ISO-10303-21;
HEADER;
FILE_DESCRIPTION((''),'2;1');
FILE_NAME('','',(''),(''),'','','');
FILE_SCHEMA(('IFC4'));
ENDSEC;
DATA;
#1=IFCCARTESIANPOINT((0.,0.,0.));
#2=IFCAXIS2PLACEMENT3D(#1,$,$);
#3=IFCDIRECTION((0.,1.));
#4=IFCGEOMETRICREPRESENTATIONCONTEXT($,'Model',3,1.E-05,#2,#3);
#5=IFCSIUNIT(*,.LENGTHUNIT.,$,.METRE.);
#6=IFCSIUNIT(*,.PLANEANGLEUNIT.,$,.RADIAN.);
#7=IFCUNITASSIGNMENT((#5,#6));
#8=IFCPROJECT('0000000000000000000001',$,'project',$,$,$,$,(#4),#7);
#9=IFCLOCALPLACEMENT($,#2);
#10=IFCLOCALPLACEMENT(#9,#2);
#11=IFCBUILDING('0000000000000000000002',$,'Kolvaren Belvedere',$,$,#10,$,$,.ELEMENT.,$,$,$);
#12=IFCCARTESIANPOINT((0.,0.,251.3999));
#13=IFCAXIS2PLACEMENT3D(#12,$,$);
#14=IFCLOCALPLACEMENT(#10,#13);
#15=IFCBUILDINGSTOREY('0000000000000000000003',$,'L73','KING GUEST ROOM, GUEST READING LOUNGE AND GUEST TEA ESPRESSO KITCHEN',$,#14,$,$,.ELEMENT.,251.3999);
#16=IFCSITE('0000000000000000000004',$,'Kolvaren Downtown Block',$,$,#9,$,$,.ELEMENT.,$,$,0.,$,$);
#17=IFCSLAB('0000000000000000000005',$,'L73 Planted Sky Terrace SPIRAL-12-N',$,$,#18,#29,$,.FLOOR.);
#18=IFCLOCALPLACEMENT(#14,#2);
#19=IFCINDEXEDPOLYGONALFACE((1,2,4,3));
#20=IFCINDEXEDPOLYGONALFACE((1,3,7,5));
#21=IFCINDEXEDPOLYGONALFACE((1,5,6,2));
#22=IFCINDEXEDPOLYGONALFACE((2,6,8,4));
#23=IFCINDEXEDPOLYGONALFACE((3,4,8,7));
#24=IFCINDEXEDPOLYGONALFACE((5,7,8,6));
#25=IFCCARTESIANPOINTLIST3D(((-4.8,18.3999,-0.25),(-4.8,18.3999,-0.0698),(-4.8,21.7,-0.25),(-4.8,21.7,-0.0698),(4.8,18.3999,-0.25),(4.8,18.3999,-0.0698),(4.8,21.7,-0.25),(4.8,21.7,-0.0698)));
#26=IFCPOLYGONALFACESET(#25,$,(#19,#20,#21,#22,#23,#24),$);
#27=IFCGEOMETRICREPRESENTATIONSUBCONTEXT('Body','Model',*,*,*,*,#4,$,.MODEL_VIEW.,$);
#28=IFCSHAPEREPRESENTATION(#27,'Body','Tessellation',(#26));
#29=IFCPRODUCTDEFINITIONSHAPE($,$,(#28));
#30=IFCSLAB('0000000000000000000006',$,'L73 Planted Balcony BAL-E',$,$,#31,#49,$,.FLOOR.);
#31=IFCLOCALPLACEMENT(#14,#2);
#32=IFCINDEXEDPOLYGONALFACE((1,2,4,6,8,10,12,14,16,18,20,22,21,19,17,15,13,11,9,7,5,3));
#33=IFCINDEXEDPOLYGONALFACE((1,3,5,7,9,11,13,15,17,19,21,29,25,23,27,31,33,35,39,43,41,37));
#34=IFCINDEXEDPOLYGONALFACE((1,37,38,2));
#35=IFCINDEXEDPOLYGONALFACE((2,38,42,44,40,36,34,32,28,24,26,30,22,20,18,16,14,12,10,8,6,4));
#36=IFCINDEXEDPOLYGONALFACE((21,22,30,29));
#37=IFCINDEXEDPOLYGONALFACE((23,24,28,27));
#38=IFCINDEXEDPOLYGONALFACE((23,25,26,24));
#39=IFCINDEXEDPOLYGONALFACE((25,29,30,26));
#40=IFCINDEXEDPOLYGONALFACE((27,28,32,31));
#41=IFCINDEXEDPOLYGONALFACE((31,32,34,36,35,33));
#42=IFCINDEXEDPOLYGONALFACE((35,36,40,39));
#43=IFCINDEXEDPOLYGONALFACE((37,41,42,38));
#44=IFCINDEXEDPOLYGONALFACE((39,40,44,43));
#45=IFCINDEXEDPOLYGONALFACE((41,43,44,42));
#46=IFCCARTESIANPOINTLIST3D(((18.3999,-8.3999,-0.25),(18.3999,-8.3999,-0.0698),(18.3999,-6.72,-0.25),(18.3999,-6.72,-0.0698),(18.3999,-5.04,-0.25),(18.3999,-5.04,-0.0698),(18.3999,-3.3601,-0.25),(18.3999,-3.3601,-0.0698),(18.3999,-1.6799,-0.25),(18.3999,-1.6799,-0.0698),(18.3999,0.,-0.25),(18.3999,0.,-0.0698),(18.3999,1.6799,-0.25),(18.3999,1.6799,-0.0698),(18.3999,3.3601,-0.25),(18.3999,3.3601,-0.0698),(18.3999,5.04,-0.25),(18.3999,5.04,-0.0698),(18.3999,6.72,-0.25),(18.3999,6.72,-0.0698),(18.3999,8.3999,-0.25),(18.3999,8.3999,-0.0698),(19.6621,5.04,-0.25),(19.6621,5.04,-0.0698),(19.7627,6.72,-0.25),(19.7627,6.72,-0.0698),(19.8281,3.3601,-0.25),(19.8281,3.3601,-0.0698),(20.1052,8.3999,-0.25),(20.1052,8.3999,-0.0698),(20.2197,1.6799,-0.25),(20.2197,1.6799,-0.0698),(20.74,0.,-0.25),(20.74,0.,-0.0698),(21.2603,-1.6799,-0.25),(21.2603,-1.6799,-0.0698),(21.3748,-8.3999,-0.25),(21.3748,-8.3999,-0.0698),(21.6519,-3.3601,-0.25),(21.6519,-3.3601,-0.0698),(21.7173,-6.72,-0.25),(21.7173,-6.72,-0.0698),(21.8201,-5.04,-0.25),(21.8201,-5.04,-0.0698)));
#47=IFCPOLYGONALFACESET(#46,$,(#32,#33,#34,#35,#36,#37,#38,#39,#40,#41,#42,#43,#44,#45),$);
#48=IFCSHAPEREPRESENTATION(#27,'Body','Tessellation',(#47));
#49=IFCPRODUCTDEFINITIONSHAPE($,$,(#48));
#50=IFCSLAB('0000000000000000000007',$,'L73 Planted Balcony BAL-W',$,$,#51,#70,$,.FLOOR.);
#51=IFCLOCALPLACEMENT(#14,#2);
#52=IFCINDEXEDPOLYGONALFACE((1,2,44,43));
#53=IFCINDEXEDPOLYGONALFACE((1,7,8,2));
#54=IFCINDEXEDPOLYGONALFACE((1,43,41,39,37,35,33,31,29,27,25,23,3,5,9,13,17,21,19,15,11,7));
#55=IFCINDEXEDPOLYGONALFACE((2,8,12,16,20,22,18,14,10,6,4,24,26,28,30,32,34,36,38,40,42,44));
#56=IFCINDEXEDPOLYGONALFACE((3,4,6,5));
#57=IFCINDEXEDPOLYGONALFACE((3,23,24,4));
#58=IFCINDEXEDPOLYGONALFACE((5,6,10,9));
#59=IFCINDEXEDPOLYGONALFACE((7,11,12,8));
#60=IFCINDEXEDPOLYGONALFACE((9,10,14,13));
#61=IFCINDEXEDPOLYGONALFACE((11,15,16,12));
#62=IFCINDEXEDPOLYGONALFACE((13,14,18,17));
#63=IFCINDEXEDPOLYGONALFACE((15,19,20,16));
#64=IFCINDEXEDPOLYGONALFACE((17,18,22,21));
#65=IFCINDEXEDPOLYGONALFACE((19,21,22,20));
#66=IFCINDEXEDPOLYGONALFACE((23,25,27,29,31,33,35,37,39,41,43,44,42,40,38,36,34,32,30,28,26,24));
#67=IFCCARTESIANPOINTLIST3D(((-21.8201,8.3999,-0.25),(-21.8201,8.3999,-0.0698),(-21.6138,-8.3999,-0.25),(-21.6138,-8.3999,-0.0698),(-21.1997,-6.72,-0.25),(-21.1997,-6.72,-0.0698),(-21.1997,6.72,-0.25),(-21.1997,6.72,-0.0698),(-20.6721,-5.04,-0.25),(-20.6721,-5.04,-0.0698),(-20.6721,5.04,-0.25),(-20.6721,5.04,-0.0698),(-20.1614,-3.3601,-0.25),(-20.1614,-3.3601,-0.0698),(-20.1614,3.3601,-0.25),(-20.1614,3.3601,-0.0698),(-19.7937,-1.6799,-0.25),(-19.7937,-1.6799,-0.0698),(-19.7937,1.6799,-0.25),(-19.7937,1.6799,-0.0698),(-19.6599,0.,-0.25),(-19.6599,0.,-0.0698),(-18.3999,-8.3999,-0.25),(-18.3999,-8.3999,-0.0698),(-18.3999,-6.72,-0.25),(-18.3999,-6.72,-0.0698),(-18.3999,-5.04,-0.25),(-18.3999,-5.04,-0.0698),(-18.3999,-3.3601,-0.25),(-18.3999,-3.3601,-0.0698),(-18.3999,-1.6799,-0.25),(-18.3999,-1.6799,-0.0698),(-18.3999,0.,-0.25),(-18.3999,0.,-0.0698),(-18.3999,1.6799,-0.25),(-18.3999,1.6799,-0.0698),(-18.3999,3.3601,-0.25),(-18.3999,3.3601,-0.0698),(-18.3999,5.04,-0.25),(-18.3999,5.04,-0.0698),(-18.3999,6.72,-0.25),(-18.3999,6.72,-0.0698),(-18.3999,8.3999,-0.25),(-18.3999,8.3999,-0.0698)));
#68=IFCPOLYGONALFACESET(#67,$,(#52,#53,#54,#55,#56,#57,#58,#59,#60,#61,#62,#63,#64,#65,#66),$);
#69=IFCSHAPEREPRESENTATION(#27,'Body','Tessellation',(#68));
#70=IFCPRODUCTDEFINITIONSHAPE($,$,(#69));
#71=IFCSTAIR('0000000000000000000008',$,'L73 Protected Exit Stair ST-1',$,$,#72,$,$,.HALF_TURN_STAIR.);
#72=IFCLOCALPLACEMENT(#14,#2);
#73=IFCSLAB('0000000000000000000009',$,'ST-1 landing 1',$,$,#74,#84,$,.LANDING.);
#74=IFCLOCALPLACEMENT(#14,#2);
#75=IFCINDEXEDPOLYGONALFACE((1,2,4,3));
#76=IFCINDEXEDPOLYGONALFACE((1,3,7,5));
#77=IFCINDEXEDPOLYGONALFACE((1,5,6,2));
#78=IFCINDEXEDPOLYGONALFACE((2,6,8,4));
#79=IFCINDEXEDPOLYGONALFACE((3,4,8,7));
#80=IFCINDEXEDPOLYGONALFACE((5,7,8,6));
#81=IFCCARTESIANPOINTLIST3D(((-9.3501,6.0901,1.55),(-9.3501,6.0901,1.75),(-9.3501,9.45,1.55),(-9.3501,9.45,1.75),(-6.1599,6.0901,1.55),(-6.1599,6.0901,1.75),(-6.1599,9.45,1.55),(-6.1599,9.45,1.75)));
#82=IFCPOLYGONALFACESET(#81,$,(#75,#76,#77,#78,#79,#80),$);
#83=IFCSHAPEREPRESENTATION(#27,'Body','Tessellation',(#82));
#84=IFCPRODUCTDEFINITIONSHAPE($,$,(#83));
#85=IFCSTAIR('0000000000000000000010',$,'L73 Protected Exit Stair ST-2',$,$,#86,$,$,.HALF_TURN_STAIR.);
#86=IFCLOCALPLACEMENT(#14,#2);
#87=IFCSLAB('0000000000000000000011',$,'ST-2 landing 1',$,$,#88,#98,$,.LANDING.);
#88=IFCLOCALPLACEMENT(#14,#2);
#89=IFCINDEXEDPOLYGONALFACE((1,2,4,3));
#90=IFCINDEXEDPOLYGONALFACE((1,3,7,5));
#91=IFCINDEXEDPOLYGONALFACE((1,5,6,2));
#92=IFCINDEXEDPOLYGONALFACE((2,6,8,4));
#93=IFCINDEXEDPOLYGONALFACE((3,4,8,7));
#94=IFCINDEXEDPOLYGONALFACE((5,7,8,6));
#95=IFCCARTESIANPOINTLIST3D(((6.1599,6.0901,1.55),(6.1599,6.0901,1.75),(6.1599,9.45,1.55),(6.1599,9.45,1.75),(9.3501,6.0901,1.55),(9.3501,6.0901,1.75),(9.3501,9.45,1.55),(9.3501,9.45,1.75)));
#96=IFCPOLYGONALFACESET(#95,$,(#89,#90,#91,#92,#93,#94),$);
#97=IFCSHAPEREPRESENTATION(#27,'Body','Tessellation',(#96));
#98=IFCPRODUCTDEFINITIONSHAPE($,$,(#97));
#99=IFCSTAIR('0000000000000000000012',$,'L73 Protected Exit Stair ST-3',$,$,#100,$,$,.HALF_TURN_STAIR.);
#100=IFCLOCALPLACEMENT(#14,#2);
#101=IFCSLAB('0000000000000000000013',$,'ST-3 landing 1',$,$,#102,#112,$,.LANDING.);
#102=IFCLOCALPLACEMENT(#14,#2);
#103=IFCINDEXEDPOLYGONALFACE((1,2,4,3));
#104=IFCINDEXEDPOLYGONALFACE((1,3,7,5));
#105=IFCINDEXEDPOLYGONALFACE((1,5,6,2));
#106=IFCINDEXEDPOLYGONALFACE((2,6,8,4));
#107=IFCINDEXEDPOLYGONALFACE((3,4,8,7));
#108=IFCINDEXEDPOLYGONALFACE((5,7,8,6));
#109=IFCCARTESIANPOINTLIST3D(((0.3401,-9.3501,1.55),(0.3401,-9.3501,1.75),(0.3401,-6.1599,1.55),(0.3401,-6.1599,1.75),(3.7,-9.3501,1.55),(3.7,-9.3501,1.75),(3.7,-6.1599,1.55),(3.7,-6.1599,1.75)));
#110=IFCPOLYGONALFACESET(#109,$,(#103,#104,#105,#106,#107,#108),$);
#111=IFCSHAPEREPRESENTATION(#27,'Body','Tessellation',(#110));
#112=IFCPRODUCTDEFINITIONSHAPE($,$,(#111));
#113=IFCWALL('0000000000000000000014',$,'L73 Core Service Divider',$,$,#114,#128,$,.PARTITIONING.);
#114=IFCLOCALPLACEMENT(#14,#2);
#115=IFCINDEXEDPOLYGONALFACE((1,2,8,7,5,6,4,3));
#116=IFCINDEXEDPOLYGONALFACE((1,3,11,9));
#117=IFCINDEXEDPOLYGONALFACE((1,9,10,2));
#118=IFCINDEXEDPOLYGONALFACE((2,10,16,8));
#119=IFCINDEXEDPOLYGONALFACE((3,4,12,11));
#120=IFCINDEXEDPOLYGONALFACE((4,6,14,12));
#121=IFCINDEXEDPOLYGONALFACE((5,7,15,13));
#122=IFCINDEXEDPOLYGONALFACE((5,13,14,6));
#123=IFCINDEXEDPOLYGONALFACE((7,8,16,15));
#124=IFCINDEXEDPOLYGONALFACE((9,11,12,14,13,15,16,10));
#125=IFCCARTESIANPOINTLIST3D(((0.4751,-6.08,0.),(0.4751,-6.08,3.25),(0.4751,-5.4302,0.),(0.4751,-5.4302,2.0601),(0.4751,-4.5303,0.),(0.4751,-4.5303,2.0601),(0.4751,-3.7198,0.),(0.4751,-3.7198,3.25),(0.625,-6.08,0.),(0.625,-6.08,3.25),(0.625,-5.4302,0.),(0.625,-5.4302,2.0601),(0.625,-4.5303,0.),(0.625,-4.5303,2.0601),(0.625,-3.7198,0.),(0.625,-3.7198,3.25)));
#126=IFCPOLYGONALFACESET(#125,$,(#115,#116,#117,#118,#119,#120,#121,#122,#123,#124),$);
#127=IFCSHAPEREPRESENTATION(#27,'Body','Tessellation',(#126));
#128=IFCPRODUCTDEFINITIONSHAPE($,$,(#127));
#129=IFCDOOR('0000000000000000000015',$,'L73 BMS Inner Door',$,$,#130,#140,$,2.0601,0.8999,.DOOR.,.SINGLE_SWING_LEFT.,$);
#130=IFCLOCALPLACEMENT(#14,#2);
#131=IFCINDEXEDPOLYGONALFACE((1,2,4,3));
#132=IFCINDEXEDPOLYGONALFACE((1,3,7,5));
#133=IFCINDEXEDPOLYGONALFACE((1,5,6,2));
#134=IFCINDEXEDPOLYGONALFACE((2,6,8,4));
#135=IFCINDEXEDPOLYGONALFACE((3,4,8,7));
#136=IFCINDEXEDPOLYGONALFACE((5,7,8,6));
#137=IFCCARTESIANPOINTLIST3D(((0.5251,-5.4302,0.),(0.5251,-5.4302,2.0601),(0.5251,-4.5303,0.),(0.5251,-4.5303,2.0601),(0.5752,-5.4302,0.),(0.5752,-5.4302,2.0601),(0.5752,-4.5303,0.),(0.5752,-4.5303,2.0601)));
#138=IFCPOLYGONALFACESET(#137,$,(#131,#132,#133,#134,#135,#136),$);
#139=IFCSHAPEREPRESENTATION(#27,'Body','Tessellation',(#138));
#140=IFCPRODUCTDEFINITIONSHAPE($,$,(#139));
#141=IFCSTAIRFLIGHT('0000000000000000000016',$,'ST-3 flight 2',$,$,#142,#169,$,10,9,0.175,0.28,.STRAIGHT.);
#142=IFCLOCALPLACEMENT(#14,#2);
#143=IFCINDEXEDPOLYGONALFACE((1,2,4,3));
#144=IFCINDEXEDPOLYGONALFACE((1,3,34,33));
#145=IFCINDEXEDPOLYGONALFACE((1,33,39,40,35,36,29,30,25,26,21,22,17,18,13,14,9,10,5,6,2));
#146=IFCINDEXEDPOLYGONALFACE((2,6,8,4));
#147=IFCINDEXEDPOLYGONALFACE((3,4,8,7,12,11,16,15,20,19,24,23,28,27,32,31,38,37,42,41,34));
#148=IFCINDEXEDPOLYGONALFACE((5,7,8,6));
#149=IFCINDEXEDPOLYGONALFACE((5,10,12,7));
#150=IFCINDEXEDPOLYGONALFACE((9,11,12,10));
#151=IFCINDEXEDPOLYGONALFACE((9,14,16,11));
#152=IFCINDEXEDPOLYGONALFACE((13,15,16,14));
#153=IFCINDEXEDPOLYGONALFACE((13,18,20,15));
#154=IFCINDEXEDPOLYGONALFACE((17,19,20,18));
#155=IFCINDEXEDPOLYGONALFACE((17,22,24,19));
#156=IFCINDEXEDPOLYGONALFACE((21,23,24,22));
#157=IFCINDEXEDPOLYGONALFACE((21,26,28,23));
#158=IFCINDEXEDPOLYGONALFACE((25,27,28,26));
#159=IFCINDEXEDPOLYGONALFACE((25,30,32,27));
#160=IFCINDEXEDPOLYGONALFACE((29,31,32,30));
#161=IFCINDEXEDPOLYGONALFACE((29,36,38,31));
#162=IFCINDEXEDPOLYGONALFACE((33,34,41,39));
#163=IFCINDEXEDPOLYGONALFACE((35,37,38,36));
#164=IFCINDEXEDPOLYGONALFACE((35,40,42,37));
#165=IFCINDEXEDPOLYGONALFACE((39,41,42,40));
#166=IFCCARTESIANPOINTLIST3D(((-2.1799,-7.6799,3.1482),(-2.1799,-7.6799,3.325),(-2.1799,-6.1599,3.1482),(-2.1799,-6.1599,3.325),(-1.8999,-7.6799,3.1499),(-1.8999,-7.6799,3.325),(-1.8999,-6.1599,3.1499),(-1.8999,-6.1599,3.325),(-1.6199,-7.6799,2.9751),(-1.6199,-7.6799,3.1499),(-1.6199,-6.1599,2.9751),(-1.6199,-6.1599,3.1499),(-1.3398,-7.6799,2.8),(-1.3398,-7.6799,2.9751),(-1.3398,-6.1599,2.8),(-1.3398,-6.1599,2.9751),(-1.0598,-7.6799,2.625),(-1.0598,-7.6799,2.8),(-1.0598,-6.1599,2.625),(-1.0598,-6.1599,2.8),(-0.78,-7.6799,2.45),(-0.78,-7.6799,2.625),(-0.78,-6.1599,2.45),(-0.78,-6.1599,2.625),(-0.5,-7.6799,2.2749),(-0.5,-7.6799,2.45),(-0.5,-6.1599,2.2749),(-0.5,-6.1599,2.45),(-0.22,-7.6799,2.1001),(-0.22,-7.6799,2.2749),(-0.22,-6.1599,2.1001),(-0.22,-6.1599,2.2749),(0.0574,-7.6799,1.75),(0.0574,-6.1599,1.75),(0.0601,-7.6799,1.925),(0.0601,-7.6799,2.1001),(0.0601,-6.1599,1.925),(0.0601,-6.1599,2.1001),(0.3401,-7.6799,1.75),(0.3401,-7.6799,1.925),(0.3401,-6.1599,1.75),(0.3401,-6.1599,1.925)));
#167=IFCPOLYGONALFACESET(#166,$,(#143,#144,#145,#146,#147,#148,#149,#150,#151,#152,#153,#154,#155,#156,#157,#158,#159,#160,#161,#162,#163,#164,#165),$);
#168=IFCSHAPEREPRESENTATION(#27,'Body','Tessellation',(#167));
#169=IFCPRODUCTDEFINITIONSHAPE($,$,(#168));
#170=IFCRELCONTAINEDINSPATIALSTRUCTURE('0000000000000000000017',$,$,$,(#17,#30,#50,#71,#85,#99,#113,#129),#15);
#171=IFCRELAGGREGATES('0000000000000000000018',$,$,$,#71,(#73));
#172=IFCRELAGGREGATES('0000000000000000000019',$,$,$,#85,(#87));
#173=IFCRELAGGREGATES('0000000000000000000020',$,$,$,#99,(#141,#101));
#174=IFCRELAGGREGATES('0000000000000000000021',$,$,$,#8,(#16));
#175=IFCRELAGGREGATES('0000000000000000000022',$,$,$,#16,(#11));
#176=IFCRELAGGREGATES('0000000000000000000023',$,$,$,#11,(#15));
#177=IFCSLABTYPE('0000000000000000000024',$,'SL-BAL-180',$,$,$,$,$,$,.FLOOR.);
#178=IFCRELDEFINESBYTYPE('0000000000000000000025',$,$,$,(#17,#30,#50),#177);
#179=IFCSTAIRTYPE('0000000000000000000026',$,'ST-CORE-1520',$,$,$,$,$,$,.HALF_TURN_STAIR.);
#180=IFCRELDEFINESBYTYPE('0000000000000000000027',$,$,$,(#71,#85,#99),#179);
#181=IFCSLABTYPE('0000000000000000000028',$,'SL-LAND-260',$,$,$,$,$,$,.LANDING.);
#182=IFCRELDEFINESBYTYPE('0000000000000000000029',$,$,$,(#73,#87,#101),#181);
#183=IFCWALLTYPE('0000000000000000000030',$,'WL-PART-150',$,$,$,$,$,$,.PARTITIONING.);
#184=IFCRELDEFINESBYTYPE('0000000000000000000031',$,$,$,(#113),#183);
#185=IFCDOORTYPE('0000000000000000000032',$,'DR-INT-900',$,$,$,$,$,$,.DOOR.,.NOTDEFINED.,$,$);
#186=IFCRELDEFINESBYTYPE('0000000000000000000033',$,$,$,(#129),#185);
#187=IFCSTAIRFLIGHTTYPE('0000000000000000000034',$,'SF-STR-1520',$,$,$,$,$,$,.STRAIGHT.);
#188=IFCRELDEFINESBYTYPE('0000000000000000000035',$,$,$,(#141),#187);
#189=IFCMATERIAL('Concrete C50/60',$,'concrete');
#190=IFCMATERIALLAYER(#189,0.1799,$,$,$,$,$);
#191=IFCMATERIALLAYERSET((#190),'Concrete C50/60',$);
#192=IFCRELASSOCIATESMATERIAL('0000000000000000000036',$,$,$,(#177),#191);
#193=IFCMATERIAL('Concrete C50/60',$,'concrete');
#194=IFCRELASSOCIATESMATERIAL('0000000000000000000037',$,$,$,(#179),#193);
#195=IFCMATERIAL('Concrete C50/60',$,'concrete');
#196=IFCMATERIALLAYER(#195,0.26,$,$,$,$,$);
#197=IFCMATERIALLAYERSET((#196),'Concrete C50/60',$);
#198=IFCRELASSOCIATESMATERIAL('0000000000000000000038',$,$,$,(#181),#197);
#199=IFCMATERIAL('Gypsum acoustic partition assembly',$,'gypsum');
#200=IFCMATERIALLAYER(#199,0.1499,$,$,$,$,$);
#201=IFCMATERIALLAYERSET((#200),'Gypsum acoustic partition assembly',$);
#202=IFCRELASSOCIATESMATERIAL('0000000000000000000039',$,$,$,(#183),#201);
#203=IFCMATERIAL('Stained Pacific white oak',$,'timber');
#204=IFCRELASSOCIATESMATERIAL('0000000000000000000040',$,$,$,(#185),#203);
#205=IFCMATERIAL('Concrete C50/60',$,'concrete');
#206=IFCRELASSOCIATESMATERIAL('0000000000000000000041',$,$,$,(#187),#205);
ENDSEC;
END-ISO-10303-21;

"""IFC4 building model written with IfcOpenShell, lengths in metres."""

from ifc_helpers import new_model, si_unit, direction, frame, frame_2d, origin, place, context, subcontext, project, spatial, polyline, rectangle, outline, extrude, material, layer, layer_set, type_object, element, fill, aggregate, save


model = new_model("IFC4")

# Units and contexts
model_context = context("Model", 3, precision=1e-05, world=origin(), true_north=direction((0.0, 1.0)))
body_context = subcontext(model_context, "Body", "Model", "MODEL_VIEW")
ifc_project = project(units=[si_unit("LENGTHUNIT", "METRE"), si_unit("PLANEANGLEUNIT", "RADIAN")], contexts=[model_context])

# Site, building, storey
site_placement = place(None, origin())
site = spatial("IfcSite", under=ifc_project, at=site_placement, Name="Kolvaren Downtown Block", CompositionType="ELEMENT", RefElevation=0.0)
building_placement = place(site_placement, origin())
building = spatial("IfcBuilding", under=site, at=building_placement, Name="Kolvaren Belvedere", CompositionType="ELEMENT")
storey_placement = place(building_placement, frame((0.0, 0.0, 251.3999)))
storey = spatial("IfcBuildingStorey", under=building, at=storey_placement, Name="L73", Description="KING GUEST ROOM, GUEST READING LOUNGE AND GUEST TEA ESPRESSO KITCHEN", CompositionType="ELEMENT", Elevation=251.3999)

# Slabs
ifc_material_1 = material(Name="Concrete C50/60", Category="concrete")
ifc_layer_1 = layer(ifc_material_1, 0.1799)
ifc_layer_set_1 = layer_set([ifc_layer_1], Name="Concrete C50/60")
slab_type_1 = type_object("IfcSlabType", Name="SL-BAL-180", PredefinedType="FLOOR", material=ifc_layer_set_1)
slab_1_placement = place(storey_placement, frame((0.0, 0.0, -0.25)))
element("IfcSlab", 1, at=slab_1_placement, inside=storey, type_object=slab_type_1, Name="L73 Planted Sky Terrace SPIRAL-12-N", PredefinedType="FLOOR", context=body_context, shape_type="SweptSolid", body=[
    extrude(outline(polyline([(-4.8, 18.3999), (4.8, 18.3999), (4.8, 21.7), (-4.8, 21.7), (-4.8, 18.3999)])), origin(), (0.0, 0.0, 1.0), 0.1802),
])
slab_2_placement = place(storey_placement, frame((0.0, 0.0, -0.25)))
element("IfcSlab", 2, at=slab_2_placement, inside=storey, type_object=slab_type_1, Name="L73 Planted Balcony BAL-E", PredefinedType="FLOOR", context=body_context, shape_type="SweptSolid", body=[
    extrude(outline(polyline([(21.3748, -8.3999), (21.7173, -6.72), (21.8201, -5.04), (21.6519, -3.3601), (21.2603, -1.6799), (20.74, 0.0), (20.2197, 1.6799), (19.8281, 3.3601), (19.6621, 5.04), (19.7627, 6.72), (20.1052, 8.3999), (18.3999, 8.3999), (18.3999, 6.72), (18.3999, 5.04), (18.3999, 3.3601), (18.3999, 1.6799), (18.3999, 0.0), (18.3999, -1.6799), (18.3999, -3.3601), (18.3999, -5.04), (18.3999, -6.72), (18.3999, -8.3999), (21.3748, -8.3999)])), origin(), (0.0, 0.0, 1.0), 0.1802),
])
slab_3_placement = place(storey_placement, frame((0.0, 0.0, -0.25)))
element("IfcSlab", 3, at=slab_3_placement, inside=storey, type_object=slab_type_1, Name="L73 Planted Balcony BAL-W", PredefinedType="FLOOR", context=body_context, shape_type="SweptSolid", body=[
    extrude(outline(polyline([(-21.8201, 8.3999), (-21.1997, 6.72), (-20.6721, 5.04), (-20.1614, 3.3601), (-19.7937, 1.6799), (-19.6599, 0.0), (-19.7937, -1.6799), (-20.1614, -3.3601), (-20.6721, -5.04), (-21.1997, -6.72), (-21.6138, -8.3999), (-18.3999, -8.3999), (-18.3999, -6.72), (-18.3999, -5.04), (-18.3999, -3.3601), (-18.3999, -1.6799), (-18.3999, 0.0), (-18.3999, 1.6799), (-18.3999, 3.3601), (-18.3999, 5.04), (-18.3999, 6.72), (-18.3999, 8.3999), (-21.8201, 8.3999)])), origin(), (0.0, 0.0, 1.0), 0.1802),
])

# Stairs, slabs
ifc_material_2 = material(Name="Concrete C50/60", Category="concrete")
stair_type = type_object("IfcStairType", Name="ST-CORE-1520", PredefinedType="HALF_TURN_STAIR", material=ifc_material_2)
stair_1_placement = place(storey_placement, origin())
stair_1 = element("IfcStair", 4, at=stair_1_placement, inside=storey, type_object=stair_type, Name="L73 Protected Exit Stair ST-1", PredefinedType="HALF_TURN_STAIR")
ifc_material_3 = material(Name="Concrete C50/60", Category="concrete")
ifc_layer_2 = layer(ifc_material_3, 0.26)
ifc_layer_set_2 = layer_set([ifc_layer_2], Name="Concrete C50/60")
slab_type_2 = type_object("IfcSlabType", Name="SL-LAND-260", PredefinedType="LANDING", material=ifc_layer_set_2)
slab_4_placement = place(storey_placement, frame((0.0, 0.0, 1.55)))
slab_4 = element("IfcSlab", 5, at=slab_4_placement, type_object=slab_type_2, Name="ST-1 landing 1", PredefinedType="LANDING", context=body_context, shape_type="SweptSolid", body=[
    extrude(outline(polyline([(-6.1599, 6.0901), (-6.1599, 9.45), (-9.3501, 9.45), (-9.3501, 6.0901), (-6.1599, 6.0901)])), origin(), (0.0, 0.0, 1.0), 0.2),
])
aggregate(stair_1, [slab_4])
stair_2_placement = place(storey_placement, origin())
stair_2 = element("IfcStair", 6, at=stair_2_placement, inside=storey, type_object=stair_type, Name="L73 Protected Exit Stair ST-2", PredefinedType="HALF_TURN_STAIR")
slab_5_placement = place(storey_placement, frame((0.0, 0.0, 1.55)))
slab_5 = element("IfcSlab", 7, at=slab_5_placement, type_object=slab_type_2, Name="ST-2 landing 1", PredefinedType="LANDING", context=body_context, shape_type="SweptSolid", body=[
    extrude(outline(polyline([(9.3501, 6.0901), (9.3501, 9.45), (6.1599, 9.45), (6.1599, 6.0901), (9.3501, 6.0901)])), origin(), (0.0, 0.0, 1.0), 0.2),
])
aggregate(stair_2, [slab_5])
stair_3_placement = place(storey_placement, origin())
stair_3 = element("IfcStair", 8, at=stair_3_placement, inside=storey, type_object=stair_type, Name="L73 Protected Exit Stair ST-3", PredefinedType="HALF_TURN_STAIR")
slab_6_placement = place(storey_placement, frame((0.0, 0.0, 1.55)))
slab_6 = element("IfcSlab", 9, at=slab_6_placement, type_object=slab_type_2, Name="ST-3 landing 1", PredefinedType="LANDING", context=body_context, shape_type="SweptSolid", body=[
    extrude(outline(polyline([(0.3401, -9.3501), (3.7, -9.3501), (3.7, -6.1599), (0.3401, -6.1599), (0.3401, -9.3501)])), origin(), (0.0, 0.0, 1.0), 0.2),
])

# Wall, opening, door
ifc_material_4 = material(Name="Gypsum acoustic partition assembly", Category="gypsum")
ifc_layer_3 = layer(ifc_material_4, 0.1499)
ifc_layer_set_3 = layer_set([ifc_layer_3], Name="Gypsum acoustic partition assembly")
wall_type = type_object("IfcWallType", Name="WL-PART-150", PredefinedType="PARTITIONING", material=ifc_layer_set_3)
wall_placement = place(storey_placement, frame((0.55, -6.0801, 0.0), z_axis=(0.0, 0.0, 1.0), x_axis=(0.0, 1.0, 0.0)))
wall = element("IfcWall", 10, at=wall_placement, inside=storey, type_object=wall_type, Name="L73 Core Service Divider", PredefinedType="PARTITIONING", context=body_context, shape_type="SweptSolid", body=[
    extrude(rectangle(XDim=2.3601, YDim=0.1499, at=frame_2d((1.1802, 0.0))), origin(), (0.0, 0.0, 1.0), 3.25),
])
opening_placement = place(wall_placement, frame((0.6499, 0.0, 0.0)))
opening = element("IfcOpeningElement", 11, at=opening_placement, cuts=wall, PredefinedType="OPENING", context=body_context, shape_type="SweptSolid", body=[
    extrude(rectangle(XDim=0.8999, YDim=2.0601, at=frame_2d((0.45, 1.03))), frame((0.0, 0.085, 0.0), z_axis=(0.0, -1.0, 0.0), x_axis=(1.0, 0.0, 0.0)), (0.0, 0.0, 1.0), 0.1699),
])
ifc_material_5 = material(Name="Stained Pacific white oak", Category="timber")
door_type = type_object("IfcDoorType", Name="DR-INT-900", OperationType="NOTDEFINED", PredefinedType="DOOR", material=ifc_material_5)
door_placement = place(opening_placement, origin())
door = element("IfcDoor", 12, at=door_placement, inside=storey, type_object=door_type, Name="L73 BMS Inner Door", OperationType="SINGLE_SWING_LEFT", OverallHeight=2.0601, OverallWidth=0.8999, PredefinedType="DOOR", context=body_context, shape_type="SweptSolid", body=[
    extrude(rectangle(XDim=0.8999, YDim=2.0601, at=frame_2d((0.45, 1.03))), frame((0.0, 0.0249, 0.0), z_axis=(0.0, -1.0, 0.0), x_axis=(1.0, 0.0, 0.0)), (0.0, 0.0, 1.0), 0.05),
])
fill(opening, door)

# Stair flight
ifc_material_6 = material(Name="Concrete C50/60", Category="concrete")
stair_flight_type = type_object("IfcStairFlightType", Name="SF-STR-1520", PredefinedType="STRAIGHT", material=ifc_material_6)
stair_flight_placement = place(storey_placement, frame((0.3401, -6.9199, 1.75), z_axis=(0.0, 0.0, 1.0), x_axis=(-1.0, 0.0, 0.0)))
stair_flight = element("IfcStairFlight", 13, at=stair_flight_placement, type_object=stair_flight_type, Name="ST-3 flight 2", NumberOfRisers=10, NumberOfTreads=9, PredefinedType="STRAIGHT", RiserHeight=0.175, TreadLength=0.28, context=body_context, shape_type="SweptSolid", body=[
    extrude(outline(polyline([(0.0, 0.0), (0.0, 0.175), (0.28, 0.175), (0.28, 0.3501), (0.5601, 0.3501), (0.5601, 0.5249), (0.8401, 0.5249), (0.8401, 0.7), (1.1201, 0.7), (1.1201, 0.875), (1.3999, 0.875), (1.3999, 1.05), (1.6799, 1.05), (1.6799, 1.2251), (1.96, 1.2251), (1.96, 1.3999), (2.24, 1.3999), (2.24, 1.575), (2.52, 1.575), (2.52, 1.75), (2.52, 1.3982), (0.2827, 0.0), (0.0, 0.0)])), frame((0.0, 0.76, 0.0), z_axis=(0.0, -1.0, 0.0), x_axis=(1.0, 0.0, 0.0)), (0.0, 0.0, 1.0), 1.52),
])
aggregate(stair_3, [stair_flight, slab_6])

save(model, "model.ifc")
